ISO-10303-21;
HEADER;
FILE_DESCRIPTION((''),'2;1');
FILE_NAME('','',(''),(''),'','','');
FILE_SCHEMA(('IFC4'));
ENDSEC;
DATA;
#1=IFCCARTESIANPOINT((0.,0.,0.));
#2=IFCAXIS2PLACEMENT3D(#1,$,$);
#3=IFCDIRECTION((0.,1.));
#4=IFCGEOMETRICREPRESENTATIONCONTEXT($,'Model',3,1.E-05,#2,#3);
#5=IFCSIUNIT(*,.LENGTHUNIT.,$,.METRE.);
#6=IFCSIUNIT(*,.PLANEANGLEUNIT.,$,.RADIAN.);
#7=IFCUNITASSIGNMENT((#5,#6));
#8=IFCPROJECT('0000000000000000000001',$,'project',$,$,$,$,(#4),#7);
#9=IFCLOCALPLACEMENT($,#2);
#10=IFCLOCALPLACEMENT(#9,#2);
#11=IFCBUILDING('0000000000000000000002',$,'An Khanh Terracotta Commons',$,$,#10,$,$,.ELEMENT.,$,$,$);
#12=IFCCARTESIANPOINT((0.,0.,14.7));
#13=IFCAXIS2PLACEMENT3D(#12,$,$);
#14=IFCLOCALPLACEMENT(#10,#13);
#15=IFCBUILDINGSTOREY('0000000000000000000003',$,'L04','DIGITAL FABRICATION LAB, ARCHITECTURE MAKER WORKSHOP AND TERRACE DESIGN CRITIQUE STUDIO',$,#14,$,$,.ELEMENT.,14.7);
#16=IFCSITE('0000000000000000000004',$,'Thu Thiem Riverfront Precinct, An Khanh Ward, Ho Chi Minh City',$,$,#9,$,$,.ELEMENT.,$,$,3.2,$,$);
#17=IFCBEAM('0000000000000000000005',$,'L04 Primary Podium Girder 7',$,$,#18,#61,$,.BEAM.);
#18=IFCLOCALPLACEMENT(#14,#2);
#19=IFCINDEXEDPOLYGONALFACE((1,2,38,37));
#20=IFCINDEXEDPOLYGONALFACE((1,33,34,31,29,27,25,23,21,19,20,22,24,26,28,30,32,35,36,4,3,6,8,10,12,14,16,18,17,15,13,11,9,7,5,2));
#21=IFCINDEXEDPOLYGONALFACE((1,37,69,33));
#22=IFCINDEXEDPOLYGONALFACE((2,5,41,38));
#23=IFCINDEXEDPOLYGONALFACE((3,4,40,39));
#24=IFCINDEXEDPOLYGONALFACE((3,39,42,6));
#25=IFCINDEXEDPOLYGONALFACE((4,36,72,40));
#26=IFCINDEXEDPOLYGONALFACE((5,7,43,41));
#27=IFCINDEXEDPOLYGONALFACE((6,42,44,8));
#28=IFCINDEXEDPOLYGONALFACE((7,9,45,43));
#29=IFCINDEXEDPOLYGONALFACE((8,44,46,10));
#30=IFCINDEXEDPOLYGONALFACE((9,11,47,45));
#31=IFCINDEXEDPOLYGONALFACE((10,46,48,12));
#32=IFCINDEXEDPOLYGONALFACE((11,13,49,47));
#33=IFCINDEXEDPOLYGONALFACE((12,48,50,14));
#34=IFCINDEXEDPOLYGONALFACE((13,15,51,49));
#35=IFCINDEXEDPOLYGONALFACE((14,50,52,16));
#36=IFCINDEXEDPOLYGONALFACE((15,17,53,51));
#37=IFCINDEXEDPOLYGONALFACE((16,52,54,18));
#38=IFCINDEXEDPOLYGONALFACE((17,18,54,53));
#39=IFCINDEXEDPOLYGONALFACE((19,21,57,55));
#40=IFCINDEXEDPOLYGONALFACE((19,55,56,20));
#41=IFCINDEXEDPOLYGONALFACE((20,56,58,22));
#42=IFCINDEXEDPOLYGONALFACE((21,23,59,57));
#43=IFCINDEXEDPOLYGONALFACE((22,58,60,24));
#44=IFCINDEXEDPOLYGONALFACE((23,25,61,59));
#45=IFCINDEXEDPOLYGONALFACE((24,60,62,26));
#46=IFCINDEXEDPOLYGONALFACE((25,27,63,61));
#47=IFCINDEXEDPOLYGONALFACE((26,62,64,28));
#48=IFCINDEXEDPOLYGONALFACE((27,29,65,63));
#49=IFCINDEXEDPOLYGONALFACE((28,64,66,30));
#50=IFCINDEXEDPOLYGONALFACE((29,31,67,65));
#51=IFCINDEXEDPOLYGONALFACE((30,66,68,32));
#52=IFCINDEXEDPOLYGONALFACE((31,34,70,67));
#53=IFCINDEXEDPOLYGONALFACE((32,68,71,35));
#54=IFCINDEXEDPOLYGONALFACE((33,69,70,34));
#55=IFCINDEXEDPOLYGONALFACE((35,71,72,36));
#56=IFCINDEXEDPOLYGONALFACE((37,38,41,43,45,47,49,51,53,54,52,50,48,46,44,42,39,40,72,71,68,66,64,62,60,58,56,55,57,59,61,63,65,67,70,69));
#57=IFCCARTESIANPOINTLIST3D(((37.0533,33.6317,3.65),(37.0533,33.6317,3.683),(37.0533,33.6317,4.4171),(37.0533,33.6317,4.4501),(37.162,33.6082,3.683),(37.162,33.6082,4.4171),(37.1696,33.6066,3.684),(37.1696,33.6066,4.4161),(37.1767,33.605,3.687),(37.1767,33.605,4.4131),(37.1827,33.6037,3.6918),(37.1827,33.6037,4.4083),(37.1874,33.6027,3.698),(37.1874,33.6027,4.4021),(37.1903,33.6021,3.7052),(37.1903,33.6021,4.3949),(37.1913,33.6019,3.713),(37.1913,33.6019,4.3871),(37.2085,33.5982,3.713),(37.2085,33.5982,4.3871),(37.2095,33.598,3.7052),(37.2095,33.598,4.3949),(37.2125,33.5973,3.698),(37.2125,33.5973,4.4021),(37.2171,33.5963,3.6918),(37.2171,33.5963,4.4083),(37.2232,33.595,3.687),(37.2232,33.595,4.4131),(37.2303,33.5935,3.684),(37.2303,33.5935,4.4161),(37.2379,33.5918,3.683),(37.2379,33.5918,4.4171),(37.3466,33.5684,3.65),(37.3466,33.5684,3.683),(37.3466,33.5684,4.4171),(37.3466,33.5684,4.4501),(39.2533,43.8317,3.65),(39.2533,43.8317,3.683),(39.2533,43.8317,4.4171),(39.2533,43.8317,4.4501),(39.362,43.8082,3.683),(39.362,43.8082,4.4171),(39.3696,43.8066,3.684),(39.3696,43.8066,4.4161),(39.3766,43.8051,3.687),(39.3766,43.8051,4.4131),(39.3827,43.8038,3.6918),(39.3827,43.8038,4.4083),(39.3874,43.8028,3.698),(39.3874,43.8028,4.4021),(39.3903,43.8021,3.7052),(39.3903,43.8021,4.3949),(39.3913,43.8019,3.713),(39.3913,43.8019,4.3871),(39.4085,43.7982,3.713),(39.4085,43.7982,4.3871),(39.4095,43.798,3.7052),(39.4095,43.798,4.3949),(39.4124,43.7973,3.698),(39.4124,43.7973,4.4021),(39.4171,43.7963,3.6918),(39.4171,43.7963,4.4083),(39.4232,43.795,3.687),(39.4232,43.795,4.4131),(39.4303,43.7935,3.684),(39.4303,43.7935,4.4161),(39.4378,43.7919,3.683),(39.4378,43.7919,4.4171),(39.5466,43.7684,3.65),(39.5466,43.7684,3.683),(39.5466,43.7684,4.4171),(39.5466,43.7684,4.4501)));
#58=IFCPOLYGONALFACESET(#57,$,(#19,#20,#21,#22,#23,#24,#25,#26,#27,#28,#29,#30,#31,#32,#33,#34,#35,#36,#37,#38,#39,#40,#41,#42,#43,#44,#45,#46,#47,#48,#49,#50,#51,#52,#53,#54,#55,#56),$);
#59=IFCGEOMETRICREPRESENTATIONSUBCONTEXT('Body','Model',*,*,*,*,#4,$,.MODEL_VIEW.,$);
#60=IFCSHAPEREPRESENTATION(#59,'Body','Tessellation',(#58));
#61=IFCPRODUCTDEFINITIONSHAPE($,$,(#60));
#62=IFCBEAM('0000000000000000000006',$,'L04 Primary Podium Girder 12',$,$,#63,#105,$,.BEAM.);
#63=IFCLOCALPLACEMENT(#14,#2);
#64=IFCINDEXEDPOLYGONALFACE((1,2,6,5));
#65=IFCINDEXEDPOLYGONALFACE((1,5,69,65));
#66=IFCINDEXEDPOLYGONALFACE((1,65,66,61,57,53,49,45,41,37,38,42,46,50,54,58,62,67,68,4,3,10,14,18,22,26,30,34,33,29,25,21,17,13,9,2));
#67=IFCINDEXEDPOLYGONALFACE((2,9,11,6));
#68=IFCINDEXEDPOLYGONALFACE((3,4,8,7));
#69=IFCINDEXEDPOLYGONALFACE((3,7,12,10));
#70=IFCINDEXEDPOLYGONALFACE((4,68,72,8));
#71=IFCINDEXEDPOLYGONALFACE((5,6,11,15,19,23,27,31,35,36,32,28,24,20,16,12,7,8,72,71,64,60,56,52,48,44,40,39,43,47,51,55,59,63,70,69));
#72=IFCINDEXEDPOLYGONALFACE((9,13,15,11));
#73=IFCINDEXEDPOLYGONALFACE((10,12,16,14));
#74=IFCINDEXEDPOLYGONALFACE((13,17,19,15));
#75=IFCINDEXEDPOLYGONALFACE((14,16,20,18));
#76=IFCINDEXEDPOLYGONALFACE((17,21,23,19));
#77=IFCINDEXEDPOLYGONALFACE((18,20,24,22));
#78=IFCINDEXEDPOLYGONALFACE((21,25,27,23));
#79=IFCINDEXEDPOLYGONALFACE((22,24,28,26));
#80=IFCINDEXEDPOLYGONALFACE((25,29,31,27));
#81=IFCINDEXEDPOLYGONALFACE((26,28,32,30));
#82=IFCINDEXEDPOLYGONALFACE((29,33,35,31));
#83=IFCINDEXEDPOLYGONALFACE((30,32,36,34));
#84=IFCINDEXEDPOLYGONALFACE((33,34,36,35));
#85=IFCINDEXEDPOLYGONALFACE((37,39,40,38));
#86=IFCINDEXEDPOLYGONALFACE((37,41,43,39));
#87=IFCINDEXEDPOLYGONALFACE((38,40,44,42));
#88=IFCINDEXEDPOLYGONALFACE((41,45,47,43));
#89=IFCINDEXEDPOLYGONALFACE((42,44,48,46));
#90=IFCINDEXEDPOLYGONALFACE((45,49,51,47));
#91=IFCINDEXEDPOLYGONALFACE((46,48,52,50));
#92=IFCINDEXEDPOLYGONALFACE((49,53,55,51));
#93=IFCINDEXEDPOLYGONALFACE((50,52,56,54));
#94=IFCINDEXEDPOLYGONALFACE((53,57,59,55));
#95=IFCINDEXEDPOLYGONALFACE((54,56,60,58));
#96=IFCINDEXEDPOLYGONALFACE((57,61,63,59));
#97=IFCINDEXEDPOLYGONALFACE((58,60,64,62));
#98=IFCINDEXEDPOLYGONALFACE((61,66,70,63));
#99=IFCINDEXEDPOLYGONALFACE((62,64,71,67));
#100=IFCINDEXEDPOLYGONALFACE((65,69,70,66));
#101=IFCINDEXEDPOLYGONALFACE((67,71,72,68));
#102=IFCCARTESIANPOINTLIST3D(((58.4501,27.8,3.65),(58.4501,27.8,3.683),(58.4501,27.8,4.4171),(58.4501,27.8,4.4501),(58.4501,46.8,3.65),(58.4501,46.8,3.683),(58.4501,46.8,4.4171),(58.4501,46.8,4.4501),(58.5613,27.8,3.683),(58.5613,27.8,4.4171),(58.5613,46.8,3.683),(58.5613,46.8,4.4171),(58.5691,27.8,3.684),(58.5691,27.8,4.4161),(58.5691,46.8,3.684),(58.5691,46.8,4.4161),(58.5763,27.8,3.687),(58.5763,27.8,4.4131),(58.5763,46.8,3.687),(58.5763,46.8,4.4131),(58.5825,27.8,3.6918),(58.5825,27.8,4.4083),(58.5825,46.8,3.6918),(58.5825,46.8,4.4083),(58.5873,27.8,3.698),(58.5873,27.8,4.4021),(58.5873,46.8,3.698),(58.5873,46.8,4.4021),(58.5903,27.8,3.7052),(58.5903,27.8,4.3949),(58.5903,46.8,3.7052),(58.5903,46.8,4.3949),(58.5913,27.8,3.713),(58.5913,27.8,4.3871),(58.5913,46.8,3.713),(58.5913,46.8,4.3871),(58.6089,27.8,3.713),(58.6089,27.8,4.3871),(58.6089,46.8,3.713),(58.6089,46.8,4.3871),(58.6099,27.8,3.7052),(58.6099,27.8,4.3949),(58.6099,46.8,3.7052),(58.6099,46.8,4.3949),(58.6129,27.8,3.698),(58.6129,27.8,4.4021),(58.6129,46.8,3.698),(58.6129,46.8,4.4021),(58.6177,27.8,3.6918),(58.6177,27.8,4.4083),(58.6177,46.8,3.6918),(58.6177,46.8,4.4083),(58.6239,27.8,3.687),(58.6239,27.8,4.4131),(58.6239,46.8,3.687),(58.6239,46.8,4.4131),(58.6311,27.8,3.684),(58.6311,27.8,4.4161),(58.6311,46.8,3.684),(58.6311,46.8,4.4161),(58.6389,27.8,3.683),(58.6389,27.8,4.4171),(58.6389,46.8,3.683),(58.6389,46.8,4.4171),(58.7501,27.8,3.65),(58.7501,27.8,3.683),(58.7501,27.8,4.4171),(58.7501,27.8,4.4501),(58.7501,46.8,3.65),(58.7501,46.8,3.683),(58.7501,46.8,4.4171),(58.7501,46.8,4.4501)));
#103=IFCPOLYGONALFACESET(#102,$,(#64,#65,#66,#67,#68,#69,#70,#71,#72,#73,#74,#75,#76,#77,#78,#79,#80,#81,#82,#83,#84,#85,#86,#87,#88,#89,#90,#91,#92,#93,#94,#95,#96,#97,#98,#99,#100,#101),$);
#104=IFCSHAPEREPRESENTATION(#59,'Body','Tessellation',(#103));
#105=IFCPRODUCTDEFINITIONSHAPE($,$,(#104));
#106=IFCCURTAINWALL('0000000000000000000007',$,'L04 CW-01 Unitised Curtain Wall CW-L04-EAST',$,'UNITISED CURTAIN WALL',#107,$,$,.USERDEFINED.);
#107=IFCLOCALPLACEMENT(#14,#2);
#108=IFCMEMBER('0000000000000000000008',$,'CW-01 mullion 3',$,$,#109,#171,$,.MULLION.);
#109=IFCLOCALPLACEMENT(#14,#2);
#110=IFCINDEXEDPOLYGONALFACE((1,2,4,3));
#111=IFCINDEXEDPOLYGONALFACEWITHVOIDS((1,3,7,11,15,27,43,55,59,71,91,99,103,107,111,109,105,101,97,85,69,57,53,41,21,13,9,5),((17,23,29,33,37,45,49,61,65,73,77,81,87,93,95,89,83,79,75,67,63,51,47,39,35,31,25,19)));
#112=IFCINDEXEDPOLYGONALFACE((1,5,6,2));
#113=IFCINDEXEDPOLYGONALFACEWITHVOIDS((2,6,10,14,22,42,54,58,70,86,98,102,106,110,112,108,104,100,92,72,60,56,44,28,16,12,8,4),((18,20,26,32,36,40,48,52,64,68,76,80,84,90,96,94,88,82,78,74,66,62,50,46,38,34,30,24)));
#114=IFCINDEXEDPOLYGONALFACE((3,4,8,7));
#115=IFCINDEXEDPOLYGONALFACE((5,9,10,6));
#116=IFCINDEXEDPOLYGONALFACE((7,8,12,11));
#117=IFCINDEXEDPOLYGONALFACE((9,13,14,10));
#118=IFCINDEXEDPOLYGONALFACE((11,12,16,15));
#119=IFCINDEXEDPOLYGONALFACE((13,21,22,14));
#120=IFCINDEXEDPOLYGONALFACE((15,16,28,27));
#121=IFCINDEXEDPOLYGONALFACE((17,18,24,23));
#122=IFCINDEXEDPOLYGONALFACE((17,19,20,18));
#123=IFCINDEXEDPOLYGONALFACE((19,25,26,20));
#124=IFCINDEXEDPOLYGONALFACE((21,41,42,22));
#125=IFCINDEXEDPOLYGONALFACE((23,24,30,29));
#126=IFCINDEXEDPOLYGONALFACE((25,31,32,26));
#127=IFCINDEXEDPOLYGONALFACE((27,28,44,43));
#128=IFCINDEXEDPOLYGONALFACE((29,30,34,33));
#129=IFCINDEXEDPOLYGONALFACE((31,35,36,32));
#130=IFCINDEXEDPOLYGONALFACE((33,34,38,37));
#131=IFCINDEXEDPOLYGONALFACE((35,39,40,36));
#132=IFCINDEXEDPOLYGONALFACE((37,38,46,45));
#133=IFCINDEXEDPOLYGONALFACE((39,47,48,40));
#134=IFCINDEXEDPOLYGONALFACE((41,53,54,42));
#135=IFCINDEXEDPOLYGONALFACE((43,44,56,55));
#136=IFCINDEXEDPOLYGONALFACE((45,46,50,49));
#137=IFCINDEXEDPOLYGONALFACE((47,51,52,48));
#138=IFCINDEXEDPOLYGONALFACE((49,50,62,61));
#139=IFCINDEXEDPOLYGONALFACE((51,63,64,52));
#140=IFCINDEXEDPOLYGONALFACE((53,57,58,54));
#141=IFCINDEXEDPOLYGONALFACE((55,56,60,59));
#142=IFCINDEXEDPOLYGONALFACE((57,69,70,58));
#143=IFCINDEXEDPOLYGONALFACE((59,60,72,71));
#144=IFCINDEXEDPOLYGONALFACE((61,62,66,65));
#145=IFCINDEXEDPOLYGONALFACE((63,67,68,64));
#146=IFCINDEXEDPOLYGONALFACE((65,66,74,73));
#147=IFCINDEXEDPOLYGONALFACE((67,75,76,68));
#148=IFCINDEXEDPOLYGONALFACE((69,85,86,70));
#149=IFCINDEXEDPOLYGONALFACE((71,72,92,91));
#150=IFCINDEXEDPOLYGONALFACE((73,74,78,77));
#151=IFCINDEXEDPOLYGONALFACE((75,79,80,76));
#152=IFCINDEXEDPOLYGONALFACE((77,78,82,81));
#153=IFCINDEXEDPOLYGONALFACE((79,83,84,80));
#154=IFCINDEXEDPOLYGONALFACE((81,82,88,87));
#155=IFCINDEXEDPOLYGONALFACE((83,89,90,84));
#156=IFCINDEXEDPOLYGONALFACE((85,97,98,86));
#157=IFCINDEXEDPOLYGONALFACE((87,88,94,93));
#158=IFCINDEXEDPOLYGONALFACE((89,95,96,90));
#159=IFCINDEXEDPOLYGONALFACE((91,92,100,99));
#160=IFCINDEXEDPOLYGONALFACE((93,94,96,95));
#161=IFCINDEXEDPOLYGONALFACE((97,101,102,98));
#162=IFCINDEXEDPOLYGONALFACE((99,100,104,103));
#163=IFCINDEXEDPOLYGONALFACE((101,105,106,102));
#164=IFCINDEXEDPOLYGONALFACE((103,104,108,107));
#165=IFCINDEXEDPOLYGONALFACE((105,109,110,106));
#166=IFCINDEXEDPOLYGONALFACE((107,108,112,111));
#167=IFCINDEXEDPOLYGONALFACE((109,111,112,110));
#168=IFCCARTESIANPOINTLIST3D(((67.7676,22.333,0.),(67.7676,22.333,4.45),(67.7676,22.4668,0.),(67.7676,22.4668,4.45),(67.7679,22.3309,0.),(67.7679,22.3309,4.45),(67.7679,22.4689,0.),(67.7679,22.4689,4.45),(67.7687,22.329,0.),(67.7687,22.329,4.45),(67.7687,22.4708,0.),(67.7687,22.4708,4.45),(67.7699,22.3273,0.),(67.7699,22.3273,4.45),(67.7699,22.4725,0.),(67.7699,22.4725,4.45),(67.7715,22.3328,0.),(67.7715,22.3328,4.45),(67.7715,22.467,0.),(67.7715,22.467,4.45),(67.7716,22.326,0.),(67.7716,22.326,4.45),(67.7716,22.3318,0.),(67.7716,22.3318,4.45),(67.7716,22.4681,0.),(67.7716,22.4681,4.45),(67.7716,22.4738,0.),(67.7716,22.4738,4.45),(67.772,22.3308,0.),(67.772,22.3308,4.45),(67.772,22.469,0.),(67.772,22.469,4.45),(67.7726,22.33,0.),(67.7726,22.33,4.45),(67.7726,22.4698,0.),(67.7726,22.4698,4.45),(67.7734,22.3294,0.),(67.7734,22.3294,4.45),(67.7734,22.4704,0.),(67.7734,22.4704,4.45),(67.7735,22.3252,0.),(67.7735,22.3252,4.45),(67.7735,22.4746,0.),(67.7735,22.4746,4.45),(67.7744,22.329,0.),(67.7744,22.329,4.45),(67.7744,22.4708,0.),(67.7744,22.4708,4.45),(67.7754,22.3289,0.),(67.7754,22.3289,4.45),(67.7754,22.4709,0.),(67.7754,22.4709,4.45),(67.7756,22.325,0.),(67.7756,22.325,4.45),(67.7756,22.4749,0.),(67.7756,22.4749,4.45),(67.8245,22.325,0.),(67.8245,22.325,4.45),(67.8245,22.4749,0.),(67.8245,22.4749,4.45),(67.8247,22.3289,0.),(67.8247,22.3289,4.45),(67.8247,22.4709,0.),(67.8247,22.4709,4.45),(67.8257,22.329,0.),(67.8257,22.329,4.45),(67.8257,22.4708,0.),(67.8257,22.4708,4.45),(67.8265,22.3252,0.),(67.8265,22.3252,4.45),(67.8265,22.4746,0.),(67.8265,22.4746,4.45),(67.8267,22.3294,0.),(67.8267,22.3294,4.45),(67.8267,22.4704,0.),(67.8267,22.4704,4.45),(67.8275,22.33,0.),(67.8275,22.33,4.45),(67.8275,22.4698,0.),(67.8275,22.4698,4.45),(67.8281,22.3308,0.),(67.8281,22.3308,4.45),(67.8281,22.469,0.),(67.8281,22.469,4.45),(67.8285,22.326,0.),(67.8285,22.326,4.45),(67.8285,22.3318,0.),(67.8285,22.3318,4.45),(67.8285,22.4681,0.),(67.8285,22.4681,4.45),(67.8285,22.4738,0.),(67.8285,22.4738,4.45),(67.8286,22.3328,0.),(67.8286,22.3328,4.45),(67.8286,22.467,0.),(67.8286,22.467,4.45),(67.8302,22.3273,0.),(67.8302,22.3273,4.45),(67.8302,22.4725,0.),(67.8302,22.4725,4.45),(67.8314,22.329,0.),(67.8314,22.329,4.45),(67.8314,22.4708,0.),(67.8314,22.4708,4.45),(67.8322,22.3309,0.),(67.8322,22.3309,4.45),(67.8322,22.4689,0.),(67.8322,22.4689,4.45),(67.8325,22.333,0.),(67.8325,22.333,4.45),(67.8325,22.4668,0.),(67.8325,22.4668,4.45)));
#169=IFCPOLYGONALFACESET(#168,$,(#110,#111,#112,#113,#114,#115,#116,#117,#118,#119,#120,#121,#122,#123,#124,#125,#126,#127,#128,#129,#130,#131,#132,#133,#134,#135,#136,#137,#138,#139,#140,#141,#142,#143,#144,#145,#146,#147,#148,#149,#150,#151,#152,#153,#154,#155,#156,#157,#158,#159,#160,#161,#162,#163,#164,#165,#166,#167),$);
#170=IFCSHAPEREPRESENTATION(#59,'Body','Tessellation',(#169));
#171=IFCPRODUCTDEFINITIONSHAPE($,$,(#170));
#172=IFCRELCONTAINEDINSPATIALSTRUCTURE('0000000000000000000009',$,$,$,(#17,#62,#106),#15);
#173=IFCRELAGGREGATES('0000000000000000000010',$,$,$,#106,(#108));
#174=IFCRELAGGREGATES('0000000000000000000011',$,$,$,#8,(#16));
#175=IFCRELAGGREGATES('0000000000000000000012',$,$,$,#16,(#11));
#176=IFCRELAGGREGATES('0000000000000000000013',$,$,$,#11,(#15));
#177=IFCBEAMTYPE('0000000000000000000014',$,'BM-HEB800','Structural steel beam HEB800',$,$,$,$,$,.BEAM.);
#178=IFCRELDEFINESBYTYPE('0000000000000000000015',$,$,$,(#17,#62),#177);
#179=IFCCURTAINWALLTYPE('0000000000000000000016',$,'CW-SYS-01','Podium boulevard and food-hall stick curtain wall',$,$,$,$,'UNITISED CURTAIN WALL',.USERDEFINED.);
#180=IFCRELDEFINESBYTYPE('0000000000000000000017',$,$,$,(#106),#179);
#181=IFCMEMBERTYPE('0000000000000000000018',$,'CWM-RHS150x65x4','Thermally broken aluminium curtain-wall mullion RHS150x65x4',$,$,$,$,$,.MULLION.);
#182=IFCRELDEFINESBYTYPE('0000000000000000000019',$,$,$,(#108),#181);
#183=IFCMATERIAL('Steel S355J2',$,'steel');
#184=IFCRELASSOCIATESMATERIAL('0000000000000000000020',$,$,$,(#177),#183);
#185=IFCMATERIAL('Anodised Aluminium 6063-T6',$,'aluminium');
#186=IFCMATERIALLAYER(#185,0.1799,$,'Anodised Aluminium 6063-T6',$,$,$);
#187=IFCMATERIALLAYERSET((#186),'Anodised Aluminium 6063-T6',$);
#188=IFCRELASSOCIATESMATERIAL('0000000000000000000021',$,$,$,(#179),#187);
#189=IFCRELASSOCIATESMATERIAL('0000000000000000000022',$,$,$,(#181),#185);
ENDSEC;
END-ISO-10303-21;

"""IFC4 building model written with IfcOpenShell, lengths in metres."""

from ifc_helpers import new_model, si_unit, direction, frame, origin, origin_2d, place, context, subcontext, project, spatial, hollow_rectangle, i_section, extrude, material, layer, layer_set, material_profile, profile_set, type_object, element, aggregate, save


model = new_model("IFC4")

# Units and contexts
model_context = context("Model", 3, precision=1e-05, world=origin(), true_north=direction((0.0, 1.0)))
body_context = subcontext(model_context, "Body", "Model", "MODEL_VIEW")
ifc_project = project(units=[si_unit("LENGTHUNIT", "METRE"), si_unit("PLANEANGLEUNIT", "RADIAN")], contexts=[model_context])

# Site, building, storey
site_placement = place(None, origin())
site = spatial("IfcSite", under=ifc_project, at=site_placement, Name="Thu Thiem Riverfront Precinct, An Khanh Ward, Ho Chi Minh City", CompositionType="ELEMENT", RefElevation=3.2)
building_placement = place(site_placement, origin())
building = spatial("IfcBuilding", under=site, at=building_placement, Name="An Khanh Terracotta Commons", CompositionType="ELEMENT")
storey_placement = place(building_placement, frame((0.0, 0.0, 14.7)))
storey = spatial("IfcBuildingStorey", under=building, at=storey_placement, Name="L04", Description="DIGITAL FABRICATION LAB, ARCHITECTURE MAKER WORKSHOP AND TERRACE DESIGN CRITIQUE STUDIO", CompositionType="ELEMENT", Elevation=14.7)

# Beams
ifc_material_1 = material(Name="Steel S355J2", Category="steel")
ifc_material_profile_1 = material_profile(ifc_material_1, i_section(OverallWidth=0.3, OverallDepth=0.8, WebThickness=0.0176, FlangeThickness=0.033, FilletRadius=0.03, at=origin_2d()), Name="HEB800")
ifc_profile_set_1 = profile_set([ifc_material_profile_1], Name="Steel S355J2")
beam_type_1 = type_object("IfcBeamType", Name="BM-HEB800", Description="Structural steel beam HEB800", PredefinedType="BEAM", material=ifc_profile_set_1)
beam_1_placement = place(storey_placement, frame((39.3999, 43.8, 4.05), z_axis=(-0.210834, -0.977522, 0.0), x_axis=(0.977522, -0.210834, 0.0)))
element("IfcBeam", 1, at=beam_1_placement, inside=storey, type_object=beam_type_1, Name="L04 Primary Podium Girder 7", PredefinedType="BEAM", context=body_context, shape_type="SweptSolid", body=[
    extrude(i_section(OverallWidth=0.3, OverallDepth=0.8, WebThickness=0.0176, FlangeThickness=0.033, FilletRadius=0.03, at=origin_2d()), origin(), (0.0, 0.0, 1.0), 10.4346),
])
beam_2_placement = place(storey_placement, frame((58.6001, 27.8, 4.05), z_axis=(0.0, 1.0, 0.0), x_axis=(-1.0, 0.0, 0.0)))
element("IfcBeam", 2, at=beam_2_placement, inside=storey, type_object=beam_type_1, Name="L04 Primary Podium Girder 12", PredefinedType="BEAM", context=body_context, shape_type="SweptSolid", body=[
    extrude(i_section(OverallWidth=0.3, OverallDepth=0.8, WebThickness=0.0176, FlangeThickness=0.033, FilletRadius=0.03, at=origin_2d()), origin(), (0.0, 0.0, 1.0), 19.0),
])

# Curtain wall, member
ifc_material_2 = material(Name="Anodised Aluminium 6063-T6", Category="aluminium")
ifc_layer_1 = layer(ifc_material_2, 0.1799, Name="Anodised Aluminium 6063-T6")
ifc_layer_set_1 = layer_set([ifc_layer_1], Name="Anodised Aluminium 6063-T6")
curtain_wall_type = type_object("IfcCurtainWallType", Name="CW-SYS-01", Description="Podium boulevard and food-hall stick curtain wall", ElementType="UNITISED CURTAIN WALL", PredefinedType="USERDEFINED", material=ifc_layer_set_1)
curtain_wall_placement = place(storey_placement, origin())
curtain_wall = element("IfcCurtainWall", 3, at=curtain_wall_placement, inside=storey, type_object=curtain_wall_type, Name="L04 CW-01 Unitised Curtain Wall CW-L04-EAST", ObjectType="UNITISED CURTAIN WALL", PredefinedType="USERDEFINED")
ifc_material_profile_2 = material_profile(ifc_material_2, hollow_rectangle(XDim=0.0649, YDim=0.1499, WallThickness=0.0039, InnerFilletRadius=0.0039, OuterFilletRadius=0.0081, at=origin_2d()), Name="RHS150x65x4")
ifc_profile_set_2 = profile_set([ifc_material_profile_2], Name="Anodised Aluminium 6063-T6")
member_type_1 = type_object("IfcMemberType", Name="CWM-RHS150x65x4", Description="Thermally broken aluminium curtain-wall mullion RHS150x65x4", PredefinedType="MULLION", material=ifc_profile_set_2)
member_1_placement = place(storey_placement, frame((67.8, 22.3999, 0.0), z_axis=(0.0, 0.0, 1.0), x_axis=(-1.0, 0.0, 0.0)))
member_1 = element("IfcMember", 4, at=member_1_placement, type_object=member_type_1, Name="CW-01 mullion 3", PredefinedType="MULLION", context=body_context, shape_type="SweptSolid", body=[
    extrude(hollow_rectangle(XDim=0.0649, YDim=0.1499, WallThickness=0.0039, InnerFilletRadius=0.0039, OuterFilletRadius=0.0081, at=origin_2d()), origin(), (0.0, 0.0, 1.0), 4.45),
])
aggregate(curtain_wall, [member_1])

save(model, "model.ifc")
